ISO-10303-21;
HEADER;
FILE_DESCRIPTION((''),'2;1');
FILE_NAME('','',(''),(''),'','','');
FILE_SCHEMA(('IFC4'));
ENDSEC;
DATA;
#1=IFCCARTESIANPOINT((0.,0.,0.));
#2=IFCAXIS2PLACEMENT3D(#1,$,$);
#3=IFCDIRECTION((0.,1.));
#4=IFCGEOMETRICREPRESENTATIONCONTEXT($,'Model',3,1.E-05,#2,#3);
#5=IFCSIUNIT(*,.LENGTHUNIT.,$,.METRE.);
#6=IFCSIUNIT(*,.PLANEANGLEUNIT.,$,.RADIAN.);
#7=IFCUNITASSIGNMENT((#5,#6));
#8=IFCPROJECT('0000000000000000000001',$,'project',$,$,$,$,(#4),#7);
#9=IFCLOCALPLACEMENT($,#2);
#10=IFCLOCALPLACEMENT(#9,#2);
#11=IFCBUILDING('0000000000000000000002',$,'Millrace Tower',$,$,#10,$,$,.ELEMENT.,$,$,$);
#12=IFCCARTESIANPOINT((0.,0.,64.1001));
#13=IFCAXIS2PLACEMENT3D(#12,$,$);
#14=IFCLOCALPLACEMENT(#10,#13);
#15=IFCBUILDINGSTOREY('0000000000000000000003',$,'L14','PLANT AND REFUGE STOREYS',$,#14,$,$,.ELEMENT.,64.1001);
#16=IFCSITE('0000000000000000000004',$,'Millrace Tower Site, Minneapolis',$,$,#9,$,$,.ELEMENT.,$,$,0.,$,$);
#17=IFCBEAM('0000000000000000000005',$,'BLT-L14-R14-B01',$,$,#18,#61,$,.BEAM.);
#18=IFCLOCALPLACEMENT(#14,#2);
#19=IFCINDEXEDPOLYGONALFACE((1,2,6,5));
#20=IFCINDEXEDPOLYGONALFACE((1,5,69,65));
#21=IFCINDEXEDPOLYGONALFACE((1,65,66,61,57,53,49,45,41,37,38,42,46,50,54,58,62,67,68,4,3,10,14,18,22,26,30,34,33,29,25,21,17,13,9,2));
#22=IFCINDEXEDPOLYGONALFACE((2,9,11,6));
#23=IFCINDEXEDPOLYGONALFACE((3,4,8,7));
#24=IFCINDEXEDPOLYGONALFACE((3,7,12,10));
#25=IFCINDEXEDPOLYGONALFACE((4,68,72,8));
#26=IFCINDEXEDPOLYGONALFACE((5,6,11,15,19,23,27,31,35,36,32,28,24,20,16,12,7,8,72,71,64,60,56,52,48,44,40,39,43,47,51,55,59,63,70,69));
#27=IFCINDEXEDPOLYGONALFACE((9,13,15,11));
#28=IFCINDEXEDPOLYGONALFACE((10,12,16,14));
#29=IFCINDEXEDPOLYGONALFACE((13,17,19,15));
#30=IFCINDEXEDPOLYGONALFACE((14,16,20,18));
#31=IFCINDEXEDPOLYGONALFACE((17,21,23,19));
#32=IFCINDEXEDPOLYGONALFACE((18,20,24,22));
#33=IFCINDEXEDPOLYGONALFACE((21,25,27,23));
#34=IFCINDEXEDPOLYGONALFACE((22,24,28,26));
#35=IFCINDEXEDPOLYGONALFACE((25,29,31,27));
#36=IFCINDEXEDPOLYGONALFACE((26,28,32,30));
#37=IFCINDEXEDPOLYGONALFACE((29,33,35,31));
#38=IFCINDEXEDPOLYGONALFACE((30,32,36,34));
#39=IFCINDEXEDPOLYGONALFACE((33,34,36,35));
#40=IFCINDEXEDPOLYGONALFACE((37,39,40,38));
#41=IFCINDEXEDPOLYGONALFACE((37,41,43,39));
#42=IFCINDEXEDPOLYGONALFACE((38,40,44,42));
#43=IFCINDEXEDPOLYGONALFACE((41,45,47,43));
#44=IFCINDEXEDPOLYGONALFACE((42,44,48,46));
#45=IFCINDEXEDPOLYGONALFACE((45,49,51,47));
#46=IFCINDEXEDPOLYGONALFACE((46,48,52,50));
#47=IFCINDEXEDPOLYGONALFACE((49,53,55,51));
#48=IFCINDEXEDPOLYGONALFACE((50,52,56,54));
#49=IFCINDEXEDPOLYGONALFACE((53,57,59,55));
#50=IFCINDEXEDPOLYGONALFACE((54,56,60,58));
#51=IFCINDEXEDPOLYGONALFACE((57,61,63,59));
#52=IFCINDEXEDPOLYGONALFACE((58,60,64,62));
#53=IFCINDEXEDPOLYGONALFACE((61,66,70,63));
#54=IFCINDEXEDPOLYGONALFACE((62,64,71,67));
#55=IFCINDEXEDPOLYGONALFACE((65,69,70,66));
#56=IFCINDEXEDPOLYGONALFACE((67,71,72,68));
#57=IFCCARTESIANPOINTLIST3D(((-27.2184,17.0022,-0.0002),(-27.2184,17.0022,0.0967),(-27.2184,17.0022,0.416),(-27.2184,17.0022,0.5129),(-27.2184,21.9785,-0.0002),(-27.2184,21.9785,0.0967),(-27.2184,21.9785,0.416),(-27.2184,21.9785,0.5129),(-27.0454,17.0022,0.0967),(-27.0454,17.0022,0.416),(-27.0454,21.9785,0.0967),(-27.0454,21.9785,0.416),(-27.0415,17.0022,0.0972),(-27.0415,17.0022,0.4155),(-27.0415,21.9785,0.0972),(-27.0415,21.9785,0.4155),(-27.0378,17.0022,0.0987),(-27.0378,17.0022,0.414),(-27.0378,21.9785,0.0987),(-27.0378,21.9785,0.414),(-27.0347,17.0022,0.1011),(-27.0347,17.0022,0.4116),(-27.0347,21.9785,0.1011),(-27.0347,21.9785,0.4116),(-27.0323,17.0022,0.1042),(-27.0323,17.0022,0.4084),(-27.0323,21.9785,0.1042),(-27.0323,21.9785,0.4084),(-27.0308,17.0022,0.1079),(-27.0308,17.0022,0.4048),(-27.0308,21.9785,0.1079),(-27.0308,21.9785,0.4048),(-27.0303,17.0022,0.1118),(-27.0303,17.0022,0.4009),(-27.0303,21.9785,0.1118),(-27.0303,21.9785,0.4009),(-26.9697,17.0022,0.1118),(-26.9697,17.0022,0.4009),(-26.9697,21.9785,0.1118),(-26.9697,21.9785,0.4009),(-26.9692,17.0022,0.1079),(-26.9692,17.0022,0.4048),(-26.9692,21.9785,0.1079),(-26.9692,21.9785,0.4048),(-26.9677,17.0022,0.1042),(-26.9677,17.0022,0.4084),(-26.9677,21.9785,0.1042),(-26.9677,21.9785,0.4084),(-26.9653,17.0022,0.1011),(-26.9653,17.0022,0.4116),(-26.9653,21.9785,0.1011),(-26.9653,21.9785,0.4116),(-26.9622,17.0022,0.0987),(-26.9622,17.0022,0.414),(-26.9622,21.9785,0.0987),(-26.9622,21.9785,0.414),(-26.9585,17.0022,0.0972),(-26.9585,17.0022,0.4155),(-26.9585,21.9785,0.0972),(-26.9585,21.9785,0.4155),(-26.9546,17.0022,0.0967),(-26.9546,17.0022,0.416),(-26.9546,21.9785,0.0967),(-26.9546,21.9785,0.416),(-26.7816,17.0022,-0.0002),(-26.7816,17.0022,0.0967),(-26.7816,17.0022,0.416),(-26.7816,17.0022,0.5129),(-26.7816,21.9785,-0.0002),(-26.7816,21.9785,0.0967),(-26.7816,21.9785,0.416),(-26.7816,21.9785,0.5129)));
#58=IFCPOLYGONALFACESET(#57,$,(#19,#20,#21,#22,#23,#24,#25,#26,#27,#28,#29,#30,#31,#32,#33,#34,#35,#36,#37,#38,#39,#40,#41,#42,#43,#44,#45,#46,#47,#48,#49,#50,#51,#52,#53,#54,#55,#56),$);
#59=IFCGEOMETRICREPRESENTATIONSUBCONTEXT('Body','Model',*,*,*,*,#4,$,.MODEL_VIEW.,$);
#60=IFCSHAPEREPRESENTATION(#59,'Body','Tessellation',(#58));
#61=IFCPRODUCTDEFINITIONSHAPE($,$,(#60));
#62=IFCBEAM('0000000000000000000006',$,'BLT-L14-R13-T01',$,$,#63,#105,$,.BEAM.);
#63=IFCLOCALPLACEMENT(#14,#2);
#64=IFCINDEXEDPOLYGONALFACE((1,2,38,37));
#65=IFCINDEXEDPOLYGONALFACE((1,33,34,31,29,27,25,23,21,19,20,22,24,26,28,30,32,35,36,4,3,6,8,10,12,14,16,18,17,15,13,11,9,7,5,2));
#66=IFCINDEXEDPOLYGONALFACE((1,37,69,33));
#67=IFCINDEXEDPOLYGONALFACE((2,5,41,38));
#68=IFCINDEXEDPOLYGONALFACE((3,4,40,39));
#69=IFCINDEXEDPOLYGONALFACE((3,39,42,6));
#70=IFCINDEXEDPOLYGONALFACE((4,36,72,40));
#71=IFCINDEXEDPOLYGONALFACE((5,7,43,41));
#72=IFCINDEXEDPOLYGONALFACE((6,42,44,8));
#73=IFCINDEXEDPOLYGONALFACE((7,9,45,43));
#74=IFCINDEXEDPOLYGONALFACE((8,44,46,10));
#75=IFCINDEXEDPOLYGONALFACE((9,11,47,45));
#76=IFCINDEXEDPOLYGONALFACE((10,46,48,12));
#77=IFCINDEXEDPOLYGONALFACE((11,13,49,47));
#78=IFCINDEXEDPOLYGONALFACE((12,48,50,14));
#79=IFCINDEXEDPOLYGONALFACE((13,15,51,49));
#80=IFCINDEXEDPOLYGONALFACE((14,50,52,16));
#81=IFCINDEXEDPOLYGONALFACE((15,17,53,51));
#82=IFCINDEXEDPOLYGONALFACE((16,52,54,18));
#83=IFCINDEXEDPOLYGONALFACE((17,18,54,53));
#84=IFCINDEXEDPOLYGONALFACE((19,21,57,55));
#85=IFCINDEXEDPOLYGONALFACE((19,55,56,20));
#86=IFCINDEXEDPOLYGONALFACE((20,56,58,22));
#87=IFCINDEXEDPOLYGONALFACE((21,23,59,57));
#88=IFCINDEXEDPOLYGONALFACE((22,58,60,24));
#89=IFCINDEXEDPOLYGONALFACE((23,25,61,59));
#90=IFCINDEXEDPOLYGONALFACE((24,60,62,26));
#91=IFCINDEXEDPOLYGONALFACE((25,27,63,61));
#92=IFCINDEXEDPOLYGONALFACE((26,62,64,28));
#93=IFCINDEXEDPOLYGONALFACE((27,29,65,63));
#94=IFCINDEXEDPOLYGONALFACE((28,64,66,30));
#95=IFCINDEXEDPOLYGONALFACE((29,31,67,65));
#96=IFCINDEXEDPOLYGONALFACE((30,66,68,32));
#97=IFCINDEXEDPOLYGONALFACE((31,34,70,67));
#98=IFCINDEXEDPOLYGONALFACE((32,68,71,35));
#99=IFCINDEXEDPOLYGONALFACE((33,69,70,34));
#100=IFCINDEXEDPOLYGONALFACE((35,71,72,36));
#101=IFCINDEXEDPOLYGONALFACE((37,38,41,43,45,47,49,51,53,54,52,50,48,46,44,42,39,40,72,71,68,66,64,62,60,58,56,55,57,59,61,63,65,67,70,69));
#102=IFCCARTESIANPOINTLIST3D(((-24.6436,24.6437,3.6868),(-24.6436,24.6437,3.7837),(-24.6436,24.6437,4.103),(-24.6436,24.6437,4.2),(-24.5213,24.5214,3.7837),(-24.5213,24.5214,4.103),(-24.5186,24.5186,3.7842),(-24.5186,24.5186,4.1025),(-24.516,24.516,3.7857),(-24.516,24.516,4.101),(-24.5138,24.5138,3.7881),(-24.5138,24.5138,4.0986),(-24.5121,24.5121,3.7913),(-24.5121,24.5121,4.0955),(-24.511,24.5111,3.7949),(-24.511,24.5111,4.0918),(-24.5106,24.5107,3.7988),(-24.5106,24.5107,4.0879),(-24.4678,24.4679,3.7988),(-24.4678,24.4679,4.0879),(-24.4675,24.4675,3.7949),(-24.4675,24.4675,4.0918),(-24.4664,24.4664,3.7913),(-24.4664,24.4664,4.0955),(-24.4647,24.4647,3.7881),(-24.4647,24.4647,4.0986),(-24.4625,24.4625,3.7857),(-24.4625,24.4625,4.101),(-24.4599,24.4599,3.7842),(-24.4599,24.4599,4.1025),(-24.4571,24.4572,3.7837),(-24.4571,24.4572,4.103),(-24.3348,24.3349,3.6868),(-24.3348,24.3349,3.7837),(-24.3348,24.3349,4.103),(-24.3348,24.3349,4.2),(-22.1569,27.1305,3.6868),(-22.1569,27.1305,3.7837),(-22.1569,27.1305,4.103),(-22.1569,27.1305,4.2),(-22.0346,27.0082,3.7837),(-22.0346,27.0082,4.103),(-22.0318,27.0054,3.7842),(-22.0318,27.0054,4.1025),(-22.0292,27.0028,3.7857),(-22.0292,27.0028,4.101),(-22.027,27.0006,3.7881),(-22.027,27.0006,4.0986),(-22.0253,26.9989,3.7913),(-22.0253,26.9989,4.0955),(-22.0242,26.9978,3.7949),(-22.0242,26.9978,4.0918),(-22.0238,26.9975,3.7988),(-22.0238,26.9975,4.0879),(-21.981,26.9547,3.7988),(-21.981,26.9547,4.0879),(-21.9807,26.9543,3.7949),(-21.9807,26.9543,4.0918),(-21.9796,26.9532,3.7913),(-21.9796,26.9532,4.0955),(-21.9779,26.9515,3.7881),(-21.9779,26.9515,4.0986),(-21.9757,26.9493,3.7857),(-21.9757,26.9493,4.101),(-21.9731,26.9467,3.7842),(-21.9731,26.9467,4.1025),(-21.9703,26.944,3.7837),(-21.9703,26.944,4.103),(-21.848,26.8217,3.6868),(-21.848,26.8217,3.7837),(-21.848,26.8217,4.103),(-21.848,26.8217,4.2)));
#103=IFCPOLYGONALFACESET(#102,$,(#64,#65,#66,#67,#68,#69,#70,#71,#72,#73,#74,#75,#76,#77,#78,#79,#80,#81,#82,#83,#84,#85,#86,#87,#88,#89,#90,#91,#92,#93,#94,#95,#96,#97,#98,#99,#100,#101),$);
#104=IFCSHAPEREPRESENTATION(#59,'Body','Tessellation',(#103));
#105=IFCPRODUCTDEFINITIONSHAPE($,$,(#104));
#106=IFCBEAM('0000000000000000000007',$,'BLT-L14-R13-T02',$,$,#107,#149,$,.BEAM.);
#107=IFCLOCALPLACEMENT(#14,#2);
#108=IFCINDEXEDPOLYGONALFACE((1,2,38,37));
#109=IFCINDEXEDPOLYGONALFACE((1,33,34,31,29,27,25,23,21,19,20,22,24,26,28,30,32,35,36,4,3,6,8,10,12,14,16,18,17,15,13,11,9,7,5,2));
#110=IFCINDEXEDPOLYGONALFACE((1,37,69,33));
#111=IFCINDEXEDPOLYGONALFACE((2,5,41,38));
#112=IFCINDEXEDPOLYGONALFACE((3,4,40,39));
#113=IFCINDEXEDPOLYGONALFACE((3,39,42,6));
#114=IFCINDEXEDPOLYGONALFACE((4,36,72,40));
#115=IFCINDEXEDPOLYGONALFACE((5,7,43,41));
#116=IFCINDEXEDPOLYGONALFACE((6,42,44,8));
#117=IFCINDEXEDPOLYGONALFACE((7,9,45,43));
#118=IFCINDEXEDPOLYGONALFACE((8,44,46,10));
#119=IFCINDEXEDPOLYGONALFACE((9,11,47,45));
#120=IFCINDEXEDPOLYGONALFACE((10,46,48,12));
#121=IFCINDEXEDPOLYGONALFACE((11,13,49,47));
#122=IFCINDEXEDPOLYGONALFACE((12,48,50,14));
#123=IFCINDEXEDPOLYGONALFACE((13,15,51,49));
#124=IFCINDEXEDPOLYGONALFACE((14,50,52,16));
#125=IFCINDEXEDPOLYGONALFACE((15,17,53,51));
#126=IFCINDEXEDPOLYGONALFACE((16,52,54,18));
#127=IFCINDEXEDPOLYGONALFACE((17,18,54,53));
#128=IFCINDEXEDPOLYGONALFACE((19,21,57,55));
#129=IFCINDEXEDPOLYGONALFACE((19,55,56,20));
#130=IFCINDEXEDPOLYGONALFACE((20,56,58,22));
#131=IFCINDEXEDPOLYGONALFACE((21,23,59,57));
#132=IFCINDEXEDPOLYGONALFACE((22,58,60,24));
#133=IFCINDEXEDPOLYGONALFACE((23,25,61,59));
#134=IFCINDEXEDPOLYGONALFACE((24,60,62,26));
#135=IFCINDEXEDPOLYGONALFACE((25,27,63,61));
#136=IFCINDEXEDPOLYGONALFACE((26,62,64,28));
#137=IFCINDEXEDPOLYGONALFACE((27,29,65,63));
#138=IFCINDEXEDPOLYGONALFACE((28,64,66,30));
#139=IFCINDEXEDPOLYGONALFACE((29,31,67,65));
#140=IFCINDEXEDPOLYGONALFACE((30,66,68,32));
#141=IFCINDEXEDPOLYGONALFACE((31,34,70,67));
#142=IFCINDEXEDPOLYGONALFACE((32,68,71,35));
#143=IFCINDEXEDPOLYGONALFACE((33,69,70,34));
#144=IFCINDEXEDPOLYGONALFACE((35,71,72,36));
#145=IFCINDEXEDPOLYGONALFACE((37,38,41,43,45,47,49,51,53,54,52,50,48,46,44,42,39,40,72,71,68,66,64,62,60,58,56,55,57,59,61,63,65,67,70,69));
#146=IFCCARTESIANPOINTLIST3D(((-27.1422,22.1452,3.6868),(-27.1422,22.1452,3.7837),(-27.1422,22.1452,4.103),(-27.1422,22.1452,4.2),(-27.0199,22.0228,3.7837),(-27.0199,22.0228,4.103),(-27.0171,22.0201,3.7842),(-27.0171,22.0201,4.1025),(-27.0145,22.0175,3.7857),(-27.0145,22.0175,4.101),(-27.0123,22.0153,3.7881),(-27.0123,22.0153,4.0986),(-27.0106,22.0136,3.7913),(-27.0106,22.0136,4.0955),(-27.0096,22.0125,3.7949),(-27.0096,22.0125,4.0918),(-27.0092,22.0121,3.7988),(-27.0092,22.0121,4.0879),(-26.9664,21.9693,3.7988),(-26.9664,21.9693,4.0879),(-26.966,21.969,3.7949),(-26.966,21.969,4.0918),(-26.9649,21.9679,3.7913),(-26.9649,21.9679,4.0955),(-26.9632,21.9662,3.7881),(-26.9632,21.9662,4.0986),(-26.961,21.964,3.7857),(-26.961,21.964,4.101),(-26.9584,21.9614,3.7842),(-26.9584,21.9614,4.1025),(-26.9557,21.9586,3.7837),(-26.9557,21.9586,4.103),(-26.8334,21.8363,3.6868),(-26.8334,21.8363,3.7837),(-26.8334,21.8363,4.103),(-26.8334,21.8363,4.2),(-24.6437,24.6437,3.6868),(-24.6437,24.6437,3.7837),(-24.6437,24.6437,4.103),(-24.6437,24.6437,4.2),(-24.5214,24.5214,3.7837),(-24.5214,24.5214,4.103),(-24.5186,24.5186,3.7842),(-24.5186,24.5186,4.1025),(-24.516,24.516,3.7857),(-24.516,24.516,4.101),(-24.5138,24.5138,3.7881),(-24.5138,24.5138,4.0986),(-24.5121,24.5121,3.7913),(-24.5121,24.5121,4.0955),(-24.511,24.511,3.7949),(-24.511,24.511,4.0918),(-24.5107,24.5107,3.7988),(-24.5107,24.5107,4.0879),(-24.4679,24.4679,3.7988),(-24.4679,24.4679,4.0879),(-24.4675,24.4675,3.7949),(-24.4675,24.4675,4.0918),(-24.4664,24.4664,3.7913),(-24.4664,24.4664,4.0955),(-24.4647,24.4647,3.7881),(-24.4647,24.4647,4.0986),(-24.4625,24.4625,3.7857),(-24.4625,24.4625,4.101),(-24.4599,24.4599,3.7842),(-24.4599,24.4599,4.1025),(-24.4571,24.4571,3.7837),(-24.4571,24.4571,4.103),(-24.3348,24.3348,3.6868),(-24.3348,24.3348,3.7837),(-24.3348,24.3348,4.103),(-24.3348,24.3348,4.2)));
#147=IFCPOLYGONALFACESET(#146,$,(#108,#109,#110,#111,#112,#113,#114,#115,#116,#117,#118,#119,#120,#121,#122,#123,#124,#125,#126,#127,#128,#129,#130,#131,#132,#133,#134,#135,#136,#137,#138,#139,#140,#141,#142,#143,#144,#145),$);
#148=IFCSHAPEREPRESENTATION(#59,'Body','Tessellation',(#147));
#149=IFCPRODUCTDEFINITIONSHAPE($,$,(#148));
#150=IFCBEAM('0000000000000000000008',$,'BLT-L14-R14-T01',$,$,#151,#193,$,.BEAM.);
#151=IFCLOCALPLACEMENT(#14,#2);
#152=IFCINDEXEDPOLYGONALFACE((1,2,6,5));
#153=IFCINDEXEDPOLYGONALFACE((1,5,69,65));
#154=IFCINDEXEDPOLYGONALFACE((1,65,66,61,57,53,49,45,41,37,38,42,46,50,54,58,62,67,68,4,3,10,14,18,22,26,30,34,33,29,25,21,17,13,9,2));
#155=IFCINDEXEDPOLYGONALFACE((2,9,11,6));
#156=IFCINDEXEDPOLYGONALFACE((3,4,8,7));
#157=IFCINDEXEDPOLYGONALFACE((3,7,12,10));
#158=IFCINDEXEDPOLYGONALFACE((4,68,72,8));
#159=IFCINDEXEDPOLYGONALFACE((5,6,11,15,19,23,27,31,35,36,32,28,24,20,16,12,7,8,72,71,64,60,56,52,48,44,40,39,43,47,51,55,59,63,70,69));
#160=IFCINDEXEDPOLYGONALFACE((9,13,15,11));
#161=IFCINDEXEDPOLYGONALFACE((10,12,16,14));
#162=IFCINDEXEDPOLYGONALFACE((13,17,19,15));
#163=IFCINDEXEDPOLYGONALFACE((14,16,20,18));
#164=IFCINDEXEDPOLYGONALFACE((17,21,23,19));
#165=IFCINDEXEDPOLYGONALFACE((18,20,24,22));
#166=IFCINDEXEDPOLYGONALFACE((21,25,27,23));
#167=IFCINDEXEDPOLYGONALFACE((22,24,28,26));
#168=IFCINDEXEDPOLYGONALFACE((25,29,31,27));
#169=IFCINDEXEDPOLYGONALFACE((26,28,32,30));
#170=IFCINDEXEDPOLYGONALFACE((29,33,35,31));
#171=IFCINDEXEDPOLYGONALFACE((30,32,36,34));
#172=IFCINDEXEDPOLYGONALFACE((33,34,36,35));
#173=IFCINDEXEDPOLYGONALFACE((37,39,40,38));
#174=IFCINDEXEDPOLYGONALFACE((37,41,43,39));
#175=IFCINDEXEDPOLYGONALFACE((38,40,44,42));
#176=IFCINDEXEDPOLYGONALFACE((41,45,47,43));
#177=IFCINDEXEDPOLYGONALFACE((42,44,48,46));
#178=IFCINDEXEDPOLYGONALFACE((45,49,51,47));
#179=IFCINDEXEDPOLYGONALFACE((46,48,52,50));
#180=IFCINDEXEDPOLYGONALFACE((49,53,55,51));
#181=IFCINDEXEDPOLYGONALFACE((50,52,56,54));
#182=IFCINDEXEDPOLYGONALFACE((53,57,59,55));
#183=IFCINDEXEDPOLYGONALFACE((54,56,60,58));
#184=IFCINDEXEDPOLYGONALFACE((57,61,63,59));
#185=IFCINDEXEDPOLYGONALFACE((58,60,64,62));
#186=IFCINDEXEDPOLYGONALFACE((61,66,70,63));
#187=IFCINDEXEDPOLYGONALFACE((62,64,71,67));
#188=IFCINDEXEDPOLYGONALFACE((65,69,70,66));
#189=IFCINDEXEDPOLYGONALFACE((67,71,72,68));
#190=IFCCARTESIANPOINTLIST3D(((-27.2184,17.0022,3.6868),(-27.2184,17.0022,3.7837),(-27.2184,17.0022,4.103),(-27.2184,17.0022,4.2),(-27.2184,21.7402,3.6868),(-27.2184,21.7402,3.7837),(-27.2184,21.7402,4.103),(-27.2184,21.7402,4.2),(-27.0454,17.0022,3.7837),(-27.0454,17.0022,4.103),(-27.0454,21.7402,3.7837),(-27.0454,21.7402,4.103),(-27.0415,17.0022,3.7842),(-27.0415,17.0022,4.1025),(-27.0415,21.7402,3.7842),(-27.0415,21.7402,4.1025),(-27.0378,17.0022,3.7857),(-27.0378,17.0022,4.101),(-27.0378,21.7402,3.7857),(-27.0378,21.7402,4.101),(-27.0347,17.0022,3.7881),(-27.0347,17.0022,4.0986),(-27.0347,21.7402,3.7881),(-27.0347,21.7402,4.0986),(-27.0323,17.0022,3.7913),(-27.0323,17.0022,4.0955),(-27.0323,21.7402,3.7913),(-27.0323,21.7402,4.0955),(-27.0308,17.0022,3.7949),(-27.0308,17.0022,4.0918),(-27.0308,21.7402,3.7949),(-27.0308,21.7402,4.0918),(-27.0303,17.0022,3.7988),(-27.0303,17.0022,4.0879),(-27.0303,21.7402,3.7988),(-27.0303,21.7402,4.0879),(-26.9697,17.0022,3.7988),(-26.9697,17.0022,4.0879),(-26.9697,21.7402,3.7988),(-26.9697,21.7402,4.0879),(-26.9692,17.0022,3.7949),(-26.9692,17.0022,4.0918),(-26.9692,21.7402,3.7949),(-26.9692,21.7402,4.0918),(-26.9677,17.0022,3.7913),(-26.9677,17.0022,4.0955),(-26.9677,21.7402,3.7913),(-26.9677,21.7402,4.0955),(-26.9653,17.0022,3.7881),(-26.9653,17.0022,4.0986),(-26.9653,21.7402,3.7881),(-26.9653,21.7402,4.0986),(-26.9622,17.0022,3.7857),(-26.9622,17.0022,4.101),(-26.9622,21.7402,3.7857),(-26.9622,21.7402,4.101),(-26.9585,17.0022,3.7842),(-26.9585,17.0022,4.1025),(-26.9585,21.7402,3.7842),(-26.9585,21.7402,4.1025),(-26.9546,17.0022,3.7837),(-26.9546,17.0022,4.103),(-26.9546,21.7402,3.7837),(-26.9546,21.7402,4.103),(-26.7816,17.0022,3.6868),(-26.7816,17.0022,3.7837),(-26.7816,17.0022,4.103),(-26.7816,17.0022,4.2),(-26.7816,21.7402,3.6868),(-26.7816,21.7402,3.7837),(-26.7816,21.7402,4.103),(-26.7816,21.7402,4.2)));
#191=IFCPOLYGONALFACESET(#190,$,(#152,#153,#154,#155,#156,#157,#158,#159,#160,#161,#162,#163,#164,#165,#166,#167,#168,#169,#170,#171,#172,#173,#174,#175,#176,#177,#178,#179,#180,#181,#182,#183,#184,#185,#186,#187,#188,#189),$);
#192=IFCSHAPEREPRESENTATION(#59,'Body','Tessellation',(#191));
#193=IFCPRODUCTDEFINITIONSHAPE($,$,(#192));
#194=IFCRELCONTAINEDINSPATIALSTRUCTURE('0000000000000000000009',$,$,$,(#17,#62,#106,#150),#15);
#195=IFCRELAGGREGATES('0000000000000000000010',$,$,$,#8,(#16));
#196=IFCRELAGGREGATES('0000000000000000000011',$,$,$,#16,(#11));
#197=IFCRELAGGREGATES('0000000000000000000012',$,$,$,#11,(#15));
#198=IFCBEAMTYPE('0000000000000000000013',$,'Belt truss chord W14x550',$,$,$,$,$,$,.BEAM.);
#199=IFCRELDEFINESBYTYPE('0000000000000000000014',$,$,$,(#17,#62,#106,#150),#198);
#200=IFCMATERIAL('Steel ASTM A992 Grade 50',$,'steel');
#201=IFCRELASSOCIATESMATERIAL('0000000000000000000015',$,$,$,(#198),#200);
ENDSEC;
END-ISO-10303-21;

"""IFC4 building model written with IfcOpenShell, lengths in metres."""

from ifc_helpers import new_model, si_unit, direction, frame, origin, origin_2d, place, context, subcontext, project, spatial, i_section, extrude, material, material_profile, profile_set, type_object, element, save


model = new_model("IFC4")

# Units and contexts
model_context = context("Model", 3, precision=1e-05, world=origin(), true_north=direction((0.0, 1.0)))
body_context = subcontext(model_context, "Body", "Model", "MODEL_VIEW")
ifc_project = project(units=[si_unit("LENGTHUNIT", "METRE"), si_unit("PLANEANGLEUNIT", "RADIAN")], contexts=[model_context])

# Site, building, storey
site_placement = place(None, origin())
site = spatial("IfcSite", under=ifc_project, at=site_placement, Name="Millrace Tower Site, Minneapolis", CompositionType="ELEMENT", RefElevation=0.0)
building_placement = place(site_placement, origin())
building = spatial("IfcBuilding", under=site, at=building_placement, Name="Millrace Tower", CompositionType="ELEMENT")
storey_placement = place(building_placement, frame((0.0, 0.0, 64.1001)))
storey = spatial("IfcBuildingStorey", under=building, at=storey_placement, Name="L14", Description="PLANT AND REFUGE STOREYS", CompositionType="ELEMENT", Elevation=64.1001)

# Beams
ifc_material_1 = material(Name="Steel ASTM A992 Grade 50", Category="steel")
ifc_material_profile_1 = material_profile(ifc_material_1, i_section(OverallWidth=0.4368, OverallDepth=0.5132, WebThickness=0.0605, FlangeThickness=0.0969, FilletRadius=0.0151, at=origin_2d()))
ifc_profile_set_1 = profile_set([ifc_material_profile_1], Name="Steel ASTM A992 Grade 50")
beam_type_1 = type_object("IfcBeamType", Name="Belt truss chord W14x550", PredefinedType="BEAM", material=ifc_profile_set_1)
beam_1_placement = place(storey_placement, frame((-27.0, 21.9785, 0.2563), z_axis=(0.0, -1.0, 0.0), x_axis=(1.0, 0.0, 0.0)))
element("IfcBeam", 1, at=beam_1_placement, inside=storey, type_object=beam_type_1, Name="BLT-L14-R14-B01", PredefinedType="BEAM", context=body_context, shape_type="SweptSolid", body=[
    extrude(i_section(OverallWidth=0.4368, OverallDepth=0.5132, WebThickness=0.0605, FlangeThickness=0.0969, FilletRadius=0.0151, at=origin_2d()), origin(), (0.0, 0.0, 1.0), 4.9763),
])
beam_2_placement = place(storey_placement, frame((-22.0024, 26.9761, 3.9434), z_axis=(-0.707107, -0.707107, 0.0), x_axis=(0.707107, -0.707107, 0.0)))
element("IfcBeam", 2, at=beam_2_placement, inside=storey, type_object=beam_type_1, Name="BLT-L14-R13-T01", PredefinedType="BEAM", context=body_context, shape_type="SweptSolid", body=[
    extrude(i_section(OverallWidth=0.4368, OverallDepth=0.5132, WebThickness=0.0605, FlangeThickness=0.0969, FilletRadius=0.0151, at=origin_2d()), origin(), (0.0, 0.0, 1.0), 3.5168),
])
beam_3_placement = place(storey_placement, frame((-24.4893, 24.4893, 3.9434), z_axis=(-0.707107, -0.707107, 0.0), x_axis=(0.707107, -0.707107, 0.0)))
element("IfcBeam", 3, at=beam_3_placement, inside=storey, type_object=beam_type_1, Name="BLT-L14-R13-T02", PredefinedType="BEAM", context=body_context, shape_type="SweptSolid", body=[
    extrude(i_section(OverallWidth=0.4368, OverallDepth=0.5132, WebThickness=0.0605, FlangeThickness=0.0969, FilletRadius=0.0151, at=origin_2d()), origin(), (0.0, 0.0, 1.0), 3.5334),
])
beam_4_placement = place(storey_placement, frame((-27.0, 21.7402, 3.9434), z_axis=(0.0, -1.0, 0.0), x_axis=(1.0, 0.0, 0.0)))
element("IfcBeam", 4, at=beam_4_placement, inside=storey, type_object=beam_type_1, Name="BLT-L14-R14-T01", PredefinedType="BEAM", context=body_context, shape_type="SweptSolid", body=[
    extrude(i_section(OverallWidth=0.4368, OverallDepth=0.5132, WebThickness=0.0605, FlangeThickness=0.0969, FilletRadius=0.0151, at=origin_2d()), origin(), (0.0, 0.0, 1.0), 4.738),
])

save(model, "model.ifc")
